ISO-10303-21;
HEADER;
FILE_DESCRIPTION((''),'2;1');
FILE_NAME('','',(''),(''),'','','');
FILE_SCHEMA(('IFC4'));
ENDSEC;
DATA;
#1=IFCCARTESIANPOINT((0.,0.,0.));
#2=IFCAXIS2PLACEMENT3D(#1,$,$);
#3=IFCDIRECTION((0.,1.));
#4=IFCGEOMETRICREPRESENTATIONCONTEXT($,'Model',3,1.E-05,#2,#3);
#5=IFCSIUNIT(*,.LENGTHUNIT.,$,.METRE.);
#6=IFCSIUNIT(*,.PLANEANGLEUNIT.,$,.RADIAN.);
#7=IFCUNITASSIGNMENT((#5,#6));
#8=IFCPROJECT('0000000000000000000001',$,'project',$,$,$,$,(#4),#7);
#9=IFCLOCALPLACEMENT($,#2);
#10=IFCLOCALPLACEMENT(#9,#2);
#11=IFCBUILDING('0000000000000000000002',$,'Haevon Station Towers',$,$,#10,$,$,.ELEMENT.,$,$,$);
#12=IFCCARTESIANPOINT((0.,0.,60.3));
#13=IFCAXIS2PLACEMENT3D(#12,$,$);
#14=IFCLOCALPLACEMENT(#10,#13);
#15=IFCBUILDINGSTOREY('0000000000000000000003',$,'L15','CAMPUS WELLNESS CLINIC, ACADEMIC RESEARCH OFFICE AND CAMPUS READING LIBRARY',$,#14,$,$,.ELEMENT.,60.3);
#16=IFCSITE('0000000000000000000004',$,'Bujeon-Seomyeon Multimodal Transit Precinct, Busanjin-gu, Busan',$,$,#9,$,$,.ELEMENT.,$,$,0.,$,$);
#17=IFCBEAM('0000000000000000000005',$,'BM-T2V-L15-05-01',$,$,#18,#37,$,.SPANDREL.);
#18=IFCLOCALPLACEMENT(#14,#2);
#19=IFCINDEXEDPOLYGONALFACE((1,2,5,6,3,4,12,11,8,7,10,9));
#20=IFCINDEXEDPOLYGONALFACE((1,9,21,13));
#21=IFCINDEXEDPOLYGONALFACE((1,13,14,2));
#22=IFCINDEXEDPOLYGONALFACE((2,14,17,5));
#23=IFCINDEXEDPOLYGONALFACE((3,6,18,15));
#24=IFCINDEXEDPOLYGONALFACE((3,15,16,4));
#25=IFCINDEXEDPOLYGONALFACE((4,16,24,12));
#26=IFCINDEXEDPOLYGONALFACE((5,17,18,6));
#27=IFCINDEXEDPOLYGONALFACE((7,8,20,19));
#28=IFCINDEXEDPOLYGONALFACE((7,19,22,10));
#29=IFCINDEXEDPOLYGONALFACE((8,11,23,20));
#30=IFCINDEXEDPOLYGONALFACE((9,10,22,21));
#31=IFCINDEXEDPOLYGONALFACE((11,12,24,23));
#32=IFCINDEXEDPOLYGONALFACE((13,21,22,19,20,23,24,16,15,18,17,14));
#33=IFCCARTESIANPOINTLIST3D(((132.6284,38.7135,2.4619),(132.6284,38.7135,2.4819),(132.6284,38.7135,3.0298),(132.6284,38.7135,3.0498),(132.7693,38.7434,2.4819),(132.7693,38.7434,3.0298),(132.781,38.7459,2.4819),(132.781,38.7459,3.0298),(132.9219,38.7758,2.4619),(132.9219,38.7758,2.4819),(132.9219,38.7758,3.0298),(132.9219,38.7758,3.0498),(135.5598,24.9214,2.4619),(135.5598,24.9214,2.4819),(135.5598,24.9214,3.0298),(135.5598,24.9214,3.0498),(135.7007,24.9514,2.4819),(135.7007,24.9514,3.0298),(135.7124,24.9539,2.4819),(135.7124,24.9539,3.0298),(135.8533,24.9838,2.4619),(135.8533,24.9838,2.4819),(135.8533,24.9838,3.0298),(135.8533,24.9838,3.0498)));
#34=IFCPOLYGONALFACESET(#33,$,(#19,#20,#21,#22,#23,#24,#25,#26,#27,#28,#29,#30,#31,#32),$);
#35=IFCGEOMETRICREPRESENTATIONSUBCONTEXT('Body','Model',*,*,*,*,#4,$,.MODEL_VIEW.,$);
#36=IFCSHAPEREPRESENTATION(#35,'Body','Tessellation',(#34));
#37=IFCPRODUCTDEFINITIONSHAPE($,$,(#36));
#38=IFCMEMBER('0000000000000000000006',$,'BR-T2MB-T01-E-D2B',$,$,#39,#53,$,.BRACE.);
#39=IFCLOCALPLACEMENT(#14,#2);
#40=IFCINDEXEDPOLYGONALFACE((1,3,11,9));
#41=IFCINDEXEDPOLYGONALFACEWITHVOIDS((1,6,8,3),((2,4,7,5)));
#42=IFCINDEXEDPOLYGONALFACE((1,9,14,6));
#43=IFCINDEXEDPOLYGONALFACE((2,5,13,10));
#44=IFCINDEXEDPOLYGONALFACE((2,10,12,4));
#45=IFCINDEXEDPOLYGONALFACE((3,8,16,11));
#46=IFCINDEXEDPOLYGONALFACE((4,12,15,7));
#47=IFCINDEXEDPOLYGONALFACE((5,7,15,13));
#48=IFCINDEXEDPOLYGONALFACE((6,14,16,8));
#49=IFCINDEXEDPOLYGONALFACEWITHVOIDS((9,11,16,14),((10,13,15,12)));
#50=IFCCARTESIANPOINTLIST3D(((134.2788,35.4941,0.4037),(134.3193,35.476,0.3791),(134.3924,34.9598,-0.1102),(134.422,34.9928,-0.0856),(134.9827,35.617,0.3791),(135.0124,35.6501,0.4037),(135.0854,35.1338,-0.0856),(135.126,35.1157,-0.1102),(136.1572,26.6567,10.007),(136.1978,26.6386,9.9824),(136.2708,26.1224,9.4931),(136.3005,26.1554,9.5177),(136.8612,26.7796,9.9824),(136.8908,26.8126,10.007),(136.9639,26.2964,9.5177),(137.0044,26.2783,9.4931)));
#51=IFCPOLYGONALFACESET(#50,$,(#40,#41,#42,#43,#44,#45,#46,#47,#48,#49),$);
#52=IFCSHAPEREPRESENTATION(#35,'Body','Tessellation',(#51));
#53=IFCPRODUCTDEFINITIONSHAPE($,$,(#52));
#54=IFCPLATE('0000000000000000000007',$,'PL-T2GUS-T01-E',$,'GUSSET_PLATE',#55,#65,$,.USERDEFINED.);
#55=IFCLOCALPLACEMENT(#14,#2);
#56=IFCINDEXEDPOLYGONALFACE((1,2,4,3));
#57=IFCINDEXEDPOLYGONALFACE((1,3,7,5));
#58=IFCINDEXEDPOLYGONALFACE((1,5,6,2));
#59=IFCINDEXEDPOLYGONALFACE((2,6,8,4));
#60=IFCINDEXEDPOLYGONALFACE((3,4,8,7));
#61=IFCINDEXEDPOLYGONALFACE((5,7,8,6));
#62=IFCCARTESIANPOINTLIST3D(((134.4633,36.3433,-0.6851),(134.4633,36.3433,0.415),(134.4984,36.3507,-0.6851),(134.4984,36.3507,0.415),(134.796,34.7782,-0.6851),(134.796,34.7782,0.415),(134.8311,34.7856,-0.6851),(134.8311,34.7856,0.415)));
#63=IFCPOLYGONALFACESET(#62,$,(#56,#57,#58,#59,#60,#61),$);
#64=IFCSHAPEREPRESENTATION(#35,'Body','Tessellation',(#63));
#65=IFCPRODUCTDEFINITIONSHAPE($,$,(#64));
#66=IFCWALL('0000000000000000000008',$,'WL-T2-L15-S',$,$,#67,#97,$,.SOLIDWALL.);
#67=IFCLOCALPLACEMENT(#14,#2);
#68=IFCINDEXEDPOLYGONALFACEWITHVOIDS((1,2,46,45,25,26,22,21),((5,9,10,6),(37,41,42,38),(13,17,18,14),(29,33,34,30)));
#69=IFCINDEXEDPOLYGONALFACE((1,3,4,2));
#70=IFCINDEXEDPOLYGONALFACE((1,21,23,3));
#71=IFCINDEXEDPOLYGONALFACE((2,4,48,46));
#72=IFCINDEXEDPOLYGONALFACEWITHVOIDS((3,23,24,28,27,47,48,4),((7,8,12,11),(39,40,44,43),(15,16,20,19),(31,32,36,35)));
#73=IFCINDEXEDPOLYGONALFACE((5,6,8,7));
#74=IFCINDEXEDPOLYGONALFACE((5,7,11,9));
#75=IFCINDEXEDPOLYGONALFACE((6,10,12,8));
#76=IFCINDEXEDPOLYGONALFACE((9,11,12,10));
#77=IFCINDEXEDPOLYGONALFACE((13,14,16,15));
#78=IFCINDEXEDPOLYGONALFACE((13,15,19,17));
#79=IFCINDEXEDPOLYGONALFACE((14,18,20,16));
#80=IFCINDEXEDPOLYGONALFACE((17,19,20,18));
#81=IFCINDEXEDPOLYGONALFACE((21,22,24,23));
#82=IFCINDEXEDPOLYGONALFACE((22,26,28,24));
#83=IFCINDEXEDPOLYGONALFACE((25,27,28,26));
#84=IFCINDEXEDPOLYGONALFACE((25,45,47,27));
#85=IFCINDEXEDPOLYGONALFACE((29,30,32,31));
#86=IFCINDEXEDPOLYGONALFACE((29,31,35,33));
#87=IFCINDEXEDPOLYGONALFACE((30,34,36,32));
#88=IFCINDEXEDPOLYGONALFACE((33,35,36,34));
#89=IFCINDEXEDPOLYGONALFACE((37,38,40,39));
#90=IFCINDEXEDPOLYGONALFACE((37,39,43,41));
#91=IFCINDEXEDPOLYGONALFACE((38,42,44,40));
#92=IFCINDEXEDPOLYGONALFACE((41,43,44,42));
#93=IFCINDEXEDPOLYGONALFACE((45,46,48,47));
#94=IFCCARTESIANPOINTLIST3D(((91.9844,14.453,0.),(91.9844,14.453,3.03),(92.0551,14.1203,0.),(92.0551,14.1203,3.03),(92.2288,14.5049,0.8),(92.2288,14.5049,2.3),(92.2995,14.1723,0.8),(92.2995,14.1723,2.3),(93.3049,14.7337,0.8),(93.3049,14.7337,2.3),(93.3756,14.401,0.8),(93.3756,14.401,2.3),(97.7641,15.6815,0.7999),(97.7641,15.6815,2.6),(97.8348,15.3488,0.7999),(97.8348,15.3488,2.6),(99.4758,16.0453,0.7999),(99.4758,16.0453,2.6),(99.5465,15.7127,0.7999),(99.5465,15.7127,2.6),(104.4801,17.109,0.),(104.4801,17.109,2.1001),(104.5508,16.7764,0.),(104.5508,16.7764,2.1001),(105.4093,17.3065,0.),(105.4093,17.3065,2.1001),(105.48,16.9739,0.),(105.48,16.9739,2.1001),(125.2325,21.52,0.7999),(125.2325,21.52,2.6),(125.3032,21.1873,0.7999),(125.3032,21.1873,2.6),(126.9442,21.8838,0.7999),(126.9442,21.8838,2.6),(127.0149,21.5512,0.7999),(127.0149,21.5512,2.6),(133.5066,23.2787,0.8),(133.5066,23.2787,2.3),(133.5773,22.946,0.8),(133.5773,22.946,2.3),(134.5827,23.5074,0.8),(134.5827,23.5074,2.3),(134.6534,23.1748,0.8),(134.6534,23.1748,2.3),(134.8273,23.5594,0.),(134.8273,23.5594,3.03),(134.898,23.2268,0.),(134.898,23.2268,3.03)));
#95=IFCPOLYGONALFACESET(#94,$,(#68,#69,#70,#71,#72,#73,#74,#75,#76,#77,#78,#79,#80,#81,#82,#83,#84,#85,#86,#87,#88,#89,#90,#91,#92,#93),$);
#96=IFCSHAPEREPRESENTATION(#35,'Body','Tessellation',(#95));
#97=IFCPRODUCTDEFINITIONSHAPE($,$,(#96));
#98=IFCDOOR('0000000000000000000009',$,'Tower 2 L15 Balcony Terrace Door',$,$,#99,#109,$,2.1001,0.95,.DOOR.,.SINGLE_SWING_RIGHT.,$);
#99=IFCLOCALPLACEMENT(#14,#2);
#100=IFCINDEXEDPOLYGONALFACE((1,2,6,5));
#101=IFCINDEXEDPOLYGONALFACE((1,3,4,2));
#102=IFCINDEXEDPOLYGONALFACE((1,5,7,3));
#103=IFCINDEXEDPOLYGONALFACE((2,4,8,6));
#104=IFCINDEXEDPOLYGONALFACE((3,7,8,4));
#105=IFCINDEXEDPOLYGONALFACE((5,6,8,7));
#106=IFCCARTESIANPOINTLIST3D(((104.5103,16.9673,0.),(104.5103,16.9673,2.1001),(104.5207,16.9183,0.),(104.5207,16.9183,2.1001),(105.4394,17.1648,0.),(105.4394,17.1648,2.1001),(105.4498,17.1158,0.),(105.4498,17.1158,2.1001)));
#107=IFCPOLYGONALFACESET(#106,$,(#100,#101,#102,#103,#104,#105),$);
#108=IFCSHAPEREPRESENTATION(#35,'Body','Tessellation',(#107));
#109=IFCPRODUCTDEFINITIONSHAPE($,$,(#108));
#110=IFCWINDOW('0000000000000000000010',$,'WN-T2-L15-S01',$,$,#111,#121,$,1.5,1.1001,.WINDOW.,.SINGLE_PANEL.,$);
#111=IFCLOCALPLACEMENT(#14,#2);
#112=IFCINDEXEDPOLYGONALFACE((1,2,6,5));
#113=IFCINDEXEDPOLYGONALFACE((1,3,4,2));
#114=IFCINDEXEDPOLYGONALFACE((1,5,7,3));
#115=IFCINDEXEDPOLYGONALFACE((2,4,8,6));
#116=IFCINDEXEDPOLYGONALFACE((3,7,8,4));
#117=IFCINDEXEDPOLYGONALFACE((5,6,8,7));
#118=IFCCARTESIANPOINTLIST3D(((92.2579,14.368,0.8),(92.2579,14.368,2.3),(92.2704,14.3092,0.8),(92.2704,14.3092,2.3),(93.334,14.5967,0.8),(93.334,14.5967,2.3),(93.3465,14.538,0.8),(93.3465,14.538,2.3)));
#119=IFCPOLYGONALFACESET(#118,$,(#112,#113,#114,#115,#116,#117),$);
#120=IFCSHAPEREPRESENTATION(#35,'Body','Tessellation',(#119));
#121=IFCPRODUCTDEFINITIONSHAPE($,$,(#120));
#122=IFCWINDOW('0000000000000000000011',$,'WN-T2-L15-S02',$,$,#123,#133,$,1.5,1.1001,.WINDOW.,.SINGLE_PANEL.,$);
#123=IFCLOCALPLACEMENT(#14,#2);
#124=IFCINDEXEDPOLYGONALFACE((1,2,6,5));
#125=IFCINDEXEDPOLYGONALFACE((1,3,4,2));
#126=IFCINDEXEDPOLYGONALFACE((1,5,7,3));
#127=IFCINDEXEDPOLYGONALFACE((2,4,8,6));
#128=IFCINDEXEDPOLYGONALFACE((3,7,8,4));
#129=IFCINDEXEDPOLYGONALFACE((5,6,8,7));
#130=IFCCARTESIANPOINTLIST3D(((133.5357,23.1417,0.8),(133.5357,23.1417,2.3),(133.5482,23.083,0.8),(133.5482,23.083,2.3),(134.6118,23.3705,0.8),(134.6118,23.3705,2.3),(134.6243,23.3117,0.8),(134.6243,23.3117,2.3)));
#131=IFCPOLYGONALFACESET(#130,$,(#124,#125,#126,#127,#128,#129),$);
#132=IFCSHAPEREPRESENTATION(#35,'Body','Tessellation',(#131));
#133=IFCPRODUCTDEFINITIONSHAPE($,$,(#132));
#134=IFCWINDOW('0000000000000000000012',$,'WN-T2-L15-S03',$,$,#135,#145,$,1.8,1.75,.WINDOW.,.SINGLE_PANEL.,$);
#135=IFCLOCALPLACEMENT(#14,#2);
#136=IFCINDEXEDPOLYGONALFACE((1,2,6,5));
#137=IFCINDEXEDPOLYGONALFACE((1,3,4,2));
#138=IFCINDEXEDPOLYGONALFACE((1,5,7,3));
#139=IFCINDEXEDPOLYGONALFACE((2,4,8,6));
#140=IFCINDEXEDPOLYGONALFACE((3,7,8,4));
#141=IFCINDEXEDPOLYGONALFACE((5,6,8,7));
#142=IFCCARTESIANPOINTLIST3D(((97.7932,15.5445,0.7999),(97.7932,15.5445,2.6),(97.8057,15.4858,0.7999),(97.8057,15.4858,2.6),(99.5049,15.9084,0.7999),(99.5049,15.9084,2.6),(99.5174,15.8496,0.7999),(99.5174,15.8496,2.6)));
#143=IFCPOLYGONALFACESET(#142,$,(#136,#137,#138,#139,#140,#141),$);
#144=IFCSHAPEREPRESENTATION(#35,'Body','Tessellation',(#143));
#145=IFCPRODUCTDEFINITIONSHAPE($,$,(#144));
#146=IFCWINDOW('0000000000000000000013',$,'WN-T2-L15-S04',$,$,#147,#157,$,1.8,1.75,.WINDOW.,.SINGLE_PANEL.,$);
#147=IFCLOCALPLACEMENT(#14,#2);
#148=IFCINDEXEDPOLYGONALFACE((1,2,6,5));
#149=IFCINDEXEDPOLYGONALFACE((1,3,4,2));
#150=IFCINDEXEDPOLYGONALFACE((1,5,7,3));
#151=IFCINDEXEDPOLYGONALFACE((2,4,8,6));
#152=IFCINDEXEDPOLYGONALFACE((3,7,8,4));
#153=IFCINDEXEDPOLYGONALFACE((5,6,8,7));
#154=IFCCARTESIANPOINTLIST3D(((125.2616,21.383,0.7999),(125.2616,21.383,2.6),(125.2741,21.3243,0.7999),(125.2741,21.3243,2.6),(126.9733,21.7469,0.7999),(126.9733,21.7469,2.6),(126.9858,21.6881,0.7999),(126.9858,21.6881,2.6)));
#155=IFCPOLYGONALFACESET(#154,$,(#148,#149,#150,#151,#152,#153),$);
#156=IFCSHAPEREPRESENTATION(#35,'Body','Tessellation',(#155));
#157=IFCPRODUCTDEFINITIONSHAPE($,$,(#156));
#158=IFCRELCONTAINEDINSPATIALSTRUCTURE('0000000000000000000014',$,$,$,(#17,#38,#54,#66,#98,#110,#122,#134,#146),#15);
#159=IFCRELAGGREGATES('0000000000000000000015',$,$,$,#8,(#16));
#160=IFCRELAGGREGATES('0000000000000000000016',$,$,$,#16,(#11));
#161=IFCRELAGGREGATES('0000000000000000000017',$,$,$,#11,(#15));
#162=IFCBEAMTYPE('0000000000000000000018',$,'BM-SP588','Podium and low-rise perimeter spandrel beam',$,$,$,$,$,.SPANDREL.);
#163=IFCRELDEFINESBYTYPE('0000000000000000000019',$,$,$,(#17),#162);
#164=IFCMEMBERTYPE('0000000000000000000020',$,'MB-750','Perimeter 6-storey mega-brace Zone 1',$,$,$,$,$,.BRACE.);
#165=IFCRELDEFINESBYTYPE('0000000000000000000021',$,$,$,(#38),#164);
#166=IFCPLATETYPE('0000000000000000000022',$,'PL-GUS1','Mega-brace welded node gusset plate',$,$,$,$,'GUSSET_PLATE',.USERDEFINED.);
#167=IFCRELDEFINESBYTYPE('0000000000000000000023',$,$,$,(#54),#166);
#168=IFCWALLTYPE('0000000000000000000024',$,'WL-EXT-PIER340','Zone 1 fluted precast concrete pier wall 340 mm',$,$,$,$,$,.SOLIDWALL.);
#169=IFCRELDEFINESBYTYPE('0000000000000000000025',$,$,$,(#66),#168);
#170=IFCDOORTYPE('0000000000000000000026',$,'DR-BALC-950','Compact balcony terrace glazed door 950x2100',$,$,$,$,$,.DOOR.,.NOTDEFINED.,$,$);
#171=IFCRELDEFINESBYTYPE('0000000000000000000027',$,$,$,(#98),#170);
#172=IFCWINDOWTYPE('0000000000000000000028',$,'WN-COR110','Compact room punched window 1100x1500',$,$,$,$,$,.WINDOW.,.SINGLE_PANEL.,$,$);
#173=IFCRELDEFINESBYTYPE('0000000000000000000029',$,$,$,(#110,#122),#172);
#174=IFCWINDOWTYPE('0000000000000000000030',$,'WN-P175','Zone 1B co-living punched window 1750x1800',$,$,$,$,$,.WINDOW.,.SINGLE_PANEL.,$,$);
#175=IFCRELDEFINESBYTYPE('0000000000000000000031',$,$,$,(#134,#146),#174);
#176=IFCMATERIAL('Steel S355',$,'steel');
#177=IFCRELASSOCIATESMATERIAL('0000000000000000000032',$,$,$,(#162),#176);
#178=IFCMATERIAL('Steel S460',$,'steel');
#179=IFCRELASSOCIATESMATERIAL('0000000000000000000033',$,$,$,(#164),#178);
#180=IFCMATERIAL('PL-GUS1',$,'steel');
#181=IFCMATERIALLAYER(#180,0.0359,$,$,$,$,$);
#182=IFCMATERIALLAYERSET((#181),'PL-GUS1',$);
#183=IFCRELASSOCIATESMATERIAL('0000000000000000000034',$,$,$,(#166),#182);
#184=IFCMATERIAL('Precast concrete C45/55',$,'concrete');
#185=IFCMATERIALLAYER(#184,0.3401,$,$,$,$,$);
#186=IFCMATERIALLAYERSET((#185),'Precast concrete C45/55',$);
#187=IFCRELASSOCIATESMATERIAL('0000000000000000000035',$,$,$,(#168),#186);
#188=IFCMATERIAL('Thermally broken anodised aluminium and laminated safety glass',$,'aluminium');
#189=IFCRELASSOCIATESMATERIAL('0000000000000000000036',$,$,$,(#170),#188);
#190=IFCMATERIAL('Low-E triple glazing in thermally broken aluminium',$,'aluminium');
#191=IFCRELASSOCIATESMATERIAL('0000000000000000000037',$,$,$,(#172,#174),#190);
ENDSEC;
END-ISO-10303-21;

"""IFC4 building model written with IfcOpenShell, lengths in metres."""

from ifc_helpers import new_model, si_unit, direction, frame, frame_2d, origin, origin_2d, place, context, subcontext, project, spatial, rectangle, hollow_rectangle, i_section, extrude, material, layer, layer_set, material_profile, profile_set, type_object, element, fill, save


model = new_model("IFC4")

# Units and contexts
model_context = context("Model", 3, precision=1e-05, world=origin(), true_north=direction((0.0, 1.0)))
body_context = subcontext(model_context, "Body", "Model", "MODEL_VIEW")
ifc_project = project(units=[si_unit("LENGTHUNIT", "METRE"), si_unit("PLANEANGLEUNIT", "RADIAN")], contexts=[model_context])

# Site, building, storey
site_placement = place(None, origin())
site = spatial("IfcSite", under=ifc_project, at=site_placement, Name="Bujeon-Seomyeon Multimodal Transit Precinct, Busanjin-gu, Busan", CompositionType="ELEMENT", RefElevation=0.0)
building_placement = place(site_placement, origin())
building = spatial("IfcBuilding", under=site, at=building_placement, Name="Haevon Station Towers", CompositionType="ELEMENT")
storey_placement = place(building_placement, frame((0.0, 0.0, 60.3)))
storey = spatial("IfcBuildingStorey", under=building, at=storey_placement, Name="L15", Description="CAMPUS WELLNESS CLINIC, ACADEMIC RESEARCH OFFICE AND CAMPUS READING LIBRARY", CompositionType="ELEMENT", Elevation=60.3)

# Shared definitions
ifc_material_1 = material(Name="Steel S460", Category="steel")

# Beam
ifc_material_2 = material(Name="Steel S355", Category="steel")
ifc_material_profile_1 = material_profile(ifc_material_2, i_section(OverallWidth=0.3, OverallDepth=0.5879, WebThickness=0.012, FlangeThickness=0.02, at=origin_2d()), Name="H-588x300x12x20")
ifc_profile_set_1 = profile_set([ifc_material_profile_1], Name="Steel S355")
beam_type_1 = type_object("IfcBeamType", Name="BM-SP588", Description="Podium and low-rise perimeter spandrel beam", PredefinedType="SPANDREL", material=ifc_profile_set_1)
beam_1_placement = place(storey_placement, frame((135.7065, 24.9526, 2.7559), z_axis=(-0.207899, 0.97815, 0.0), x_axis=(-0.97815, -0.207899, 0.0)))
element("IfcBeam", 1, at=beam_1_placement, inside=storey, type_object=beam_type_1, Name="BM-T2V-L15-05-01", PredefinedType="SPANDREL", context=body_context, shape_type="SweptSolid", body=[
    extrude(i_section(OverallWidth=0.3, OverallDepth=0.5879, WebThickness=0.012, FlangeThickness=0.02, at=origin_2d()), origin(), (0.0, 0.0, 1.0), 14.1001),
])

# Member
ifc_material_profile_2 = material_profile(ifc_material_1, hollow_rectangle(XDim=0.75, YDim=0.75, WallThickness=0.0359, at=origin_2d()), Name="RHS-750x750x36")
ifc_profile_set_2 = profile_set([ifc_material_profile_2], Name="Steel S460")
member_type = type_object("IfcMemberType", Name="MB-750", Description="Perimeter 6-storey mega-brace Zone 1", PredefinedType="BRACE", material=ifc_profile_set_2)
member_placement = place(storey_placement, frame((134.7024, 35.3049, 0.1467), z_axis=(0.142464, -0.670249, 0.728334), x_axis=(0.978148, 0.207909, 0.0)))
element("IfcMember", 2, at=member_placement, inside=storey, type_object=member_type, Name="BR-T2MB-T01-E-D2B", PredefinedType="BRACE", context=body_context, shape_type="SweptSolid", body=[
    extrude(hollow_rectangle(XDim=0.75, YDim=0.75, WallThickness=0.0359, at=origin_2d()), origin(), (0.0, 0.0, 1.0), 13.1853),
])

# Plate
ifc_material_3 = material(Name="PL-GUS1", Category="steel")
ifc_layer_1 = layer(ifc_material_3, 0.0359)
ifc_layer_set_1 = layer_set([ifc_layer_1], Name="PL-GUS1")
plate_type = type_object("IfcPlateType", Name="PL-GUS1", Description="Mega-brace welded node gusset plate", ElementType="GUSSET_PLATE", PredefinedType="USERDEFINED", material=ifc_layer_set_1)
plate_placement = place(storey_placement, frame((134.6472, 35.5645, -0.6851), z_axis=(0.0, 0.0, 1.0), x_axis=(-0.207912, 0.978148, 0.0)))
element("IfcPlate", 3, at=plate_placement, inside=storey, type_object=plate_type, Name="PL-T2GUS-T01-E", ObjectType="GUSSET_PLATE", PredefinedType="USERDEFINED", context=body_context, shape_type="SweptSolid", body=[
    extrude(rectangle(XDim=1.6001, YDim=0.0359, at=origin_2d()), origin(), (0.0, 0.0, 1.0), 1.1001),
])

# Wall, openings, door, windows
ifc_material_4 = material(Name="Precast concrete C45/55", Category="concrete")
ifc_layer_2 = layer(ifc_material_4, 0.3401)
ifc_layer_set_2 = layer_set([ifc_layer_2], Name="Precast concrete C45/55")
wall_type_1 = type_object("IfcWallType", Name="WL-EXT-PIER340", Description="Zone 1 fluted precast concrete pier wall 340 mm", PredefinedType="SOLIDWALL", material=ifc_layer_set_2)
wall_1_placement = place(storey_placement, frame((134.8625, 23.3931, 0.0), z_axis=(0.0, 0.0, 1.0), x_axis=(-0.978148, -0.207909, 0.0)))
wall_1 = element("IfcWall", 4, at=wall_1_placement, inside=storey, type_object=wall_type_1, Name="WL-T2-L15-S", PredefinedType="SOLIDWALL", context=body_context, shape_type="SweptSolid", body=[
    extrude(rectangle(XDim=43.8, YDim=0.3401, at=frame_2d((21.8999, 0.0))), origin(), (0.0, 0.0, 1.0), 3.03),
])
opening_1_placement = place(wall_1_placement, frame((30.075, 0.0, 0.0)))
opening_1 = element("IfcOpeningElement", 5, at=opening_1_placement, cuts=wall_1, PredefinedType="OPENING", context=body_context, shape_type="SweptSolid", body=[
    extrude(rectangle(XDim=0.95, YDim=2.1001, at=frame_2d((0.4751, 1.05))), frame((0.0, 0.1799, 0.0), z_axis=(0.0, -1.0, 0.0), x_axis=(1.0, 0.0, 0.0)), (0.0, 0.0, 1.0), 0.3601),
])
opening_2_placement = place(wall_1_placement, frame((42.45, 0.0, 0.8)))
opening_2 = element("IfcOpeningElement", 6, at=opening_2_placement, cuts=wall_1, PredefinedType="OPENING", context=body_context, shape_type="SweptSolid", body=[
    extrude(rectangle(XDim=1.1001, YDim=1.5, at=frame_2d((0.55, 0.75))), frame((0.0, 0.1799, 0.0), z_axis=(0.0, -1.0, 0.0), x_axis=(1.0, 0.0, 0.0)), (0.0, 0.0, 1.0), 0.3601),
])
opening_3_placement = place(wall_1_placement, frame((0.25, 0.0, 0.8)))
opening_3 = element("IfcOpeningElement", 7, at=opening_3_placement, cuts=wall_1, PredefinedType="OPENING", context=body_context, shape_type="SweptSolid", body=[
    extrude(rectangle(XDim=1.1001, YDim=1.5, at=frame_2d((0.55, 0.75))), frame((0.0, 0.1799, 0.0), z_axis=(0.0, -1.0, 0.0), x_axis=(1.0, 0.0, 0.0)), (0.0, 0.0, 1.0), 0.3601),
])
opening_4_placement = place(wall_1_placement, frame((36.1411, 0.0, 0.8)))
opening_4 = element("IfcOpeningElement", 8, at=opening_4_placement, cuts=wall_1, PredefinedType="OPENING", context=body_context, shape_type="SweptSolid", body=[
    extrude(rectangle(XDim=1.75, YDim=1.8, at=frame_2d((0.875, 0.8999))), frame((0.0, 0.1799, 0.0), z_axis=(0.0, -1.0, 0.0), x_axis=(1.0, 0.0, 0.0)), (0.0, 0.0, 1.0), 0.3601),
])
opening_5_placement = place(wall_1_placement, frame((8.0591, 0.0, 0.8)))
opening_5 = element("IfcOpeningElement", 9, at=opening_5_placement, cuts=wall_1, PredefinedType="OPENING", context=body_context, shape_type="SweptSolid", body=[
    extrude(rectangle(XDim=1.75, YDim=1.8, at=frame_2d((0.875, 0.8999))), frame((0.0, 0.1799, 0.0), z_axis=(0.0, -1.0, 0.0), x_axis=(1.0, 0.0, 0.0)), (0.0, 0.0, 1.0), 0.3601),
])
ifc_material_5 = material(Name="Thermally broken anodised aluminium and laminated safety glass", Category="aluminium")
door_type_1 = type_object("IfcDoorType", Name="DR-BALC-950", Description="Compact balcony terrace glazed door 950x2100", OperationType="NOTDEFINED", PredefinedType="DOOR", material=ifc_material_5)
door_1_placement = place(opening_1_placement, origin())
door_1 = element("IfcDoor", 10, at=door_1_placement, inside=storey, type_object=door_type_1, Name="Tower 2 L15 Balcony Terrace Door", OperationType="SINGLE_SWING_RIGHT", OverallHeight=2.1001, OverallWidth=0.95, PredefinedType="DOOR", context=body_context, shape_type="SweptSolid", body=[
    extrude(rectangle(XDim=0.95, YDim=2.1001, at=frame_2d((0.4751, 1.05))), frame((0.0, 0.0249, 0.0), z_axis=(0.0, -1.0, 0.0), x_axis=(1.0, 0.0, 0.0)), (0.0, 0.0, 1.0), 0.05),
])
fill(opening_1, door_1)
ifc_material_6 = material(Name="Low-E triple glazing in thermally broken aluminium", Category="aluminium")
window_type_1 = type_object("IfcWindowType", Name="WN-COR110", Description="Compact room punched window 1100x1500", PartitioningType="SINGLE_PANEL", PredefinedType="WINDOW", material=ifc_material_6)
window_1_placement = place(opening_2_placement, origin())
window_1 = element("IfcWindow", 11, at=window_1_placement, inside=storey, type_object=window_type_1, Name="WN-T2-L15-S01", OverallHeight=1.5, OverallWidth=1.1001, PartitioningType="SINGLE_PANEL", PredefinedType="WINDOW", context=body_context, shape_type="SweptSolid", body=[
    extrude(rectangle(XDim=1.1001, YDim=1.5, at=frame_2d((0.55, 0.75))), frame((0.0, 0.03, 0.0), z_axis=(0.0, -1.0, 0.0), x_axis=(1.0, 0.0, 0.0)), (0.0, 0.0, 1.0), 0.0601),
])
fill(opening_2, window_1)
window_2_placement = place(opening_3_placement, origin())
window_2 = element("IfcWindow", 12, at=window_2_placement, inside=storey, type_object=window_type_1, Name="WN-T2-L15-S02", OverallHeight=1.5, OverallWidth=1.1001, PartitioningType="SINGLE_PANEL", PredefinedType="WINDOW", context=body_context, shape_type="SweptSolid", body=[
    extrude(rectangle(XDim=1.1001, YDim=1.5, at=frame_2d((0.55, 0.75))), frame((0.0, 0.03, 0.0), z_axis=(0.0, -1.0, 0.0), x_axis=(1.0, 0.0, 0.0)), (0.0, 0.0, 1.0), 0.0601),
])
fill(opening_3, window_2)
window_type_2 = type_object("IfcWindowType", Name="WN-P175", Description="Zone 1B co-living punched window 1750x1800", PartitioningType="SINGLE_PANEL", PredefinedType="WINDOW", material=ifc_material_6)
window_3_placement = place(opening_4_placement, origin())
window_3 = element("IfcWindow", 13, at=window_3_placement, inside=storey, type_object=window_type_2, Name="WN-T2-L15-S03", OverallHeight=1.8, OverallWidth=1.75, PartitioningType="SINGLE_PANEL", PredefinedType="WINDOW", context=body_context, shape_type="SweptSolid", body=[
    extrude(rectangle(XDim=1.75, YDim=1.8, at=frame_2d((0.875, 0.8999))), frame((0.0, 0.03, 0.0), z_axis=(0.0, -1.0, 0.0), x_axis=(1.0, 0.0, 0.0)), (0.0, 0.0, 1.0), 0.0601),
])
fill(opening_4, window_3)
window_4_placement = place(opening_5_placement, origin())
window_4 = element("IfcWindow", 14, at=window_4_placement, inside=storey, type_object=window_type_2, Name="WN-T2-L15-S04", OverallHeight=1.8, OverallWidth=1.75, PartitioningType="SINGLE_PANEL", PredefinedType="WINDOW", context=body_context, shape_type="SweptSolid", body=[
    extrude(rectangle(XDim=1.75, YDim=1.8, at=frame_2d((0.875, 0.8999))), frame((0.0, 0.03, 0.0), z_axis=(0.0, -1.0, 0.0), x_axis=(1.0, 0.0, 0.0)), (0.0, 0.0, 1.0), 0.0601),
])
fill(opening_5, window_4)

save(model, "model.ifc")
